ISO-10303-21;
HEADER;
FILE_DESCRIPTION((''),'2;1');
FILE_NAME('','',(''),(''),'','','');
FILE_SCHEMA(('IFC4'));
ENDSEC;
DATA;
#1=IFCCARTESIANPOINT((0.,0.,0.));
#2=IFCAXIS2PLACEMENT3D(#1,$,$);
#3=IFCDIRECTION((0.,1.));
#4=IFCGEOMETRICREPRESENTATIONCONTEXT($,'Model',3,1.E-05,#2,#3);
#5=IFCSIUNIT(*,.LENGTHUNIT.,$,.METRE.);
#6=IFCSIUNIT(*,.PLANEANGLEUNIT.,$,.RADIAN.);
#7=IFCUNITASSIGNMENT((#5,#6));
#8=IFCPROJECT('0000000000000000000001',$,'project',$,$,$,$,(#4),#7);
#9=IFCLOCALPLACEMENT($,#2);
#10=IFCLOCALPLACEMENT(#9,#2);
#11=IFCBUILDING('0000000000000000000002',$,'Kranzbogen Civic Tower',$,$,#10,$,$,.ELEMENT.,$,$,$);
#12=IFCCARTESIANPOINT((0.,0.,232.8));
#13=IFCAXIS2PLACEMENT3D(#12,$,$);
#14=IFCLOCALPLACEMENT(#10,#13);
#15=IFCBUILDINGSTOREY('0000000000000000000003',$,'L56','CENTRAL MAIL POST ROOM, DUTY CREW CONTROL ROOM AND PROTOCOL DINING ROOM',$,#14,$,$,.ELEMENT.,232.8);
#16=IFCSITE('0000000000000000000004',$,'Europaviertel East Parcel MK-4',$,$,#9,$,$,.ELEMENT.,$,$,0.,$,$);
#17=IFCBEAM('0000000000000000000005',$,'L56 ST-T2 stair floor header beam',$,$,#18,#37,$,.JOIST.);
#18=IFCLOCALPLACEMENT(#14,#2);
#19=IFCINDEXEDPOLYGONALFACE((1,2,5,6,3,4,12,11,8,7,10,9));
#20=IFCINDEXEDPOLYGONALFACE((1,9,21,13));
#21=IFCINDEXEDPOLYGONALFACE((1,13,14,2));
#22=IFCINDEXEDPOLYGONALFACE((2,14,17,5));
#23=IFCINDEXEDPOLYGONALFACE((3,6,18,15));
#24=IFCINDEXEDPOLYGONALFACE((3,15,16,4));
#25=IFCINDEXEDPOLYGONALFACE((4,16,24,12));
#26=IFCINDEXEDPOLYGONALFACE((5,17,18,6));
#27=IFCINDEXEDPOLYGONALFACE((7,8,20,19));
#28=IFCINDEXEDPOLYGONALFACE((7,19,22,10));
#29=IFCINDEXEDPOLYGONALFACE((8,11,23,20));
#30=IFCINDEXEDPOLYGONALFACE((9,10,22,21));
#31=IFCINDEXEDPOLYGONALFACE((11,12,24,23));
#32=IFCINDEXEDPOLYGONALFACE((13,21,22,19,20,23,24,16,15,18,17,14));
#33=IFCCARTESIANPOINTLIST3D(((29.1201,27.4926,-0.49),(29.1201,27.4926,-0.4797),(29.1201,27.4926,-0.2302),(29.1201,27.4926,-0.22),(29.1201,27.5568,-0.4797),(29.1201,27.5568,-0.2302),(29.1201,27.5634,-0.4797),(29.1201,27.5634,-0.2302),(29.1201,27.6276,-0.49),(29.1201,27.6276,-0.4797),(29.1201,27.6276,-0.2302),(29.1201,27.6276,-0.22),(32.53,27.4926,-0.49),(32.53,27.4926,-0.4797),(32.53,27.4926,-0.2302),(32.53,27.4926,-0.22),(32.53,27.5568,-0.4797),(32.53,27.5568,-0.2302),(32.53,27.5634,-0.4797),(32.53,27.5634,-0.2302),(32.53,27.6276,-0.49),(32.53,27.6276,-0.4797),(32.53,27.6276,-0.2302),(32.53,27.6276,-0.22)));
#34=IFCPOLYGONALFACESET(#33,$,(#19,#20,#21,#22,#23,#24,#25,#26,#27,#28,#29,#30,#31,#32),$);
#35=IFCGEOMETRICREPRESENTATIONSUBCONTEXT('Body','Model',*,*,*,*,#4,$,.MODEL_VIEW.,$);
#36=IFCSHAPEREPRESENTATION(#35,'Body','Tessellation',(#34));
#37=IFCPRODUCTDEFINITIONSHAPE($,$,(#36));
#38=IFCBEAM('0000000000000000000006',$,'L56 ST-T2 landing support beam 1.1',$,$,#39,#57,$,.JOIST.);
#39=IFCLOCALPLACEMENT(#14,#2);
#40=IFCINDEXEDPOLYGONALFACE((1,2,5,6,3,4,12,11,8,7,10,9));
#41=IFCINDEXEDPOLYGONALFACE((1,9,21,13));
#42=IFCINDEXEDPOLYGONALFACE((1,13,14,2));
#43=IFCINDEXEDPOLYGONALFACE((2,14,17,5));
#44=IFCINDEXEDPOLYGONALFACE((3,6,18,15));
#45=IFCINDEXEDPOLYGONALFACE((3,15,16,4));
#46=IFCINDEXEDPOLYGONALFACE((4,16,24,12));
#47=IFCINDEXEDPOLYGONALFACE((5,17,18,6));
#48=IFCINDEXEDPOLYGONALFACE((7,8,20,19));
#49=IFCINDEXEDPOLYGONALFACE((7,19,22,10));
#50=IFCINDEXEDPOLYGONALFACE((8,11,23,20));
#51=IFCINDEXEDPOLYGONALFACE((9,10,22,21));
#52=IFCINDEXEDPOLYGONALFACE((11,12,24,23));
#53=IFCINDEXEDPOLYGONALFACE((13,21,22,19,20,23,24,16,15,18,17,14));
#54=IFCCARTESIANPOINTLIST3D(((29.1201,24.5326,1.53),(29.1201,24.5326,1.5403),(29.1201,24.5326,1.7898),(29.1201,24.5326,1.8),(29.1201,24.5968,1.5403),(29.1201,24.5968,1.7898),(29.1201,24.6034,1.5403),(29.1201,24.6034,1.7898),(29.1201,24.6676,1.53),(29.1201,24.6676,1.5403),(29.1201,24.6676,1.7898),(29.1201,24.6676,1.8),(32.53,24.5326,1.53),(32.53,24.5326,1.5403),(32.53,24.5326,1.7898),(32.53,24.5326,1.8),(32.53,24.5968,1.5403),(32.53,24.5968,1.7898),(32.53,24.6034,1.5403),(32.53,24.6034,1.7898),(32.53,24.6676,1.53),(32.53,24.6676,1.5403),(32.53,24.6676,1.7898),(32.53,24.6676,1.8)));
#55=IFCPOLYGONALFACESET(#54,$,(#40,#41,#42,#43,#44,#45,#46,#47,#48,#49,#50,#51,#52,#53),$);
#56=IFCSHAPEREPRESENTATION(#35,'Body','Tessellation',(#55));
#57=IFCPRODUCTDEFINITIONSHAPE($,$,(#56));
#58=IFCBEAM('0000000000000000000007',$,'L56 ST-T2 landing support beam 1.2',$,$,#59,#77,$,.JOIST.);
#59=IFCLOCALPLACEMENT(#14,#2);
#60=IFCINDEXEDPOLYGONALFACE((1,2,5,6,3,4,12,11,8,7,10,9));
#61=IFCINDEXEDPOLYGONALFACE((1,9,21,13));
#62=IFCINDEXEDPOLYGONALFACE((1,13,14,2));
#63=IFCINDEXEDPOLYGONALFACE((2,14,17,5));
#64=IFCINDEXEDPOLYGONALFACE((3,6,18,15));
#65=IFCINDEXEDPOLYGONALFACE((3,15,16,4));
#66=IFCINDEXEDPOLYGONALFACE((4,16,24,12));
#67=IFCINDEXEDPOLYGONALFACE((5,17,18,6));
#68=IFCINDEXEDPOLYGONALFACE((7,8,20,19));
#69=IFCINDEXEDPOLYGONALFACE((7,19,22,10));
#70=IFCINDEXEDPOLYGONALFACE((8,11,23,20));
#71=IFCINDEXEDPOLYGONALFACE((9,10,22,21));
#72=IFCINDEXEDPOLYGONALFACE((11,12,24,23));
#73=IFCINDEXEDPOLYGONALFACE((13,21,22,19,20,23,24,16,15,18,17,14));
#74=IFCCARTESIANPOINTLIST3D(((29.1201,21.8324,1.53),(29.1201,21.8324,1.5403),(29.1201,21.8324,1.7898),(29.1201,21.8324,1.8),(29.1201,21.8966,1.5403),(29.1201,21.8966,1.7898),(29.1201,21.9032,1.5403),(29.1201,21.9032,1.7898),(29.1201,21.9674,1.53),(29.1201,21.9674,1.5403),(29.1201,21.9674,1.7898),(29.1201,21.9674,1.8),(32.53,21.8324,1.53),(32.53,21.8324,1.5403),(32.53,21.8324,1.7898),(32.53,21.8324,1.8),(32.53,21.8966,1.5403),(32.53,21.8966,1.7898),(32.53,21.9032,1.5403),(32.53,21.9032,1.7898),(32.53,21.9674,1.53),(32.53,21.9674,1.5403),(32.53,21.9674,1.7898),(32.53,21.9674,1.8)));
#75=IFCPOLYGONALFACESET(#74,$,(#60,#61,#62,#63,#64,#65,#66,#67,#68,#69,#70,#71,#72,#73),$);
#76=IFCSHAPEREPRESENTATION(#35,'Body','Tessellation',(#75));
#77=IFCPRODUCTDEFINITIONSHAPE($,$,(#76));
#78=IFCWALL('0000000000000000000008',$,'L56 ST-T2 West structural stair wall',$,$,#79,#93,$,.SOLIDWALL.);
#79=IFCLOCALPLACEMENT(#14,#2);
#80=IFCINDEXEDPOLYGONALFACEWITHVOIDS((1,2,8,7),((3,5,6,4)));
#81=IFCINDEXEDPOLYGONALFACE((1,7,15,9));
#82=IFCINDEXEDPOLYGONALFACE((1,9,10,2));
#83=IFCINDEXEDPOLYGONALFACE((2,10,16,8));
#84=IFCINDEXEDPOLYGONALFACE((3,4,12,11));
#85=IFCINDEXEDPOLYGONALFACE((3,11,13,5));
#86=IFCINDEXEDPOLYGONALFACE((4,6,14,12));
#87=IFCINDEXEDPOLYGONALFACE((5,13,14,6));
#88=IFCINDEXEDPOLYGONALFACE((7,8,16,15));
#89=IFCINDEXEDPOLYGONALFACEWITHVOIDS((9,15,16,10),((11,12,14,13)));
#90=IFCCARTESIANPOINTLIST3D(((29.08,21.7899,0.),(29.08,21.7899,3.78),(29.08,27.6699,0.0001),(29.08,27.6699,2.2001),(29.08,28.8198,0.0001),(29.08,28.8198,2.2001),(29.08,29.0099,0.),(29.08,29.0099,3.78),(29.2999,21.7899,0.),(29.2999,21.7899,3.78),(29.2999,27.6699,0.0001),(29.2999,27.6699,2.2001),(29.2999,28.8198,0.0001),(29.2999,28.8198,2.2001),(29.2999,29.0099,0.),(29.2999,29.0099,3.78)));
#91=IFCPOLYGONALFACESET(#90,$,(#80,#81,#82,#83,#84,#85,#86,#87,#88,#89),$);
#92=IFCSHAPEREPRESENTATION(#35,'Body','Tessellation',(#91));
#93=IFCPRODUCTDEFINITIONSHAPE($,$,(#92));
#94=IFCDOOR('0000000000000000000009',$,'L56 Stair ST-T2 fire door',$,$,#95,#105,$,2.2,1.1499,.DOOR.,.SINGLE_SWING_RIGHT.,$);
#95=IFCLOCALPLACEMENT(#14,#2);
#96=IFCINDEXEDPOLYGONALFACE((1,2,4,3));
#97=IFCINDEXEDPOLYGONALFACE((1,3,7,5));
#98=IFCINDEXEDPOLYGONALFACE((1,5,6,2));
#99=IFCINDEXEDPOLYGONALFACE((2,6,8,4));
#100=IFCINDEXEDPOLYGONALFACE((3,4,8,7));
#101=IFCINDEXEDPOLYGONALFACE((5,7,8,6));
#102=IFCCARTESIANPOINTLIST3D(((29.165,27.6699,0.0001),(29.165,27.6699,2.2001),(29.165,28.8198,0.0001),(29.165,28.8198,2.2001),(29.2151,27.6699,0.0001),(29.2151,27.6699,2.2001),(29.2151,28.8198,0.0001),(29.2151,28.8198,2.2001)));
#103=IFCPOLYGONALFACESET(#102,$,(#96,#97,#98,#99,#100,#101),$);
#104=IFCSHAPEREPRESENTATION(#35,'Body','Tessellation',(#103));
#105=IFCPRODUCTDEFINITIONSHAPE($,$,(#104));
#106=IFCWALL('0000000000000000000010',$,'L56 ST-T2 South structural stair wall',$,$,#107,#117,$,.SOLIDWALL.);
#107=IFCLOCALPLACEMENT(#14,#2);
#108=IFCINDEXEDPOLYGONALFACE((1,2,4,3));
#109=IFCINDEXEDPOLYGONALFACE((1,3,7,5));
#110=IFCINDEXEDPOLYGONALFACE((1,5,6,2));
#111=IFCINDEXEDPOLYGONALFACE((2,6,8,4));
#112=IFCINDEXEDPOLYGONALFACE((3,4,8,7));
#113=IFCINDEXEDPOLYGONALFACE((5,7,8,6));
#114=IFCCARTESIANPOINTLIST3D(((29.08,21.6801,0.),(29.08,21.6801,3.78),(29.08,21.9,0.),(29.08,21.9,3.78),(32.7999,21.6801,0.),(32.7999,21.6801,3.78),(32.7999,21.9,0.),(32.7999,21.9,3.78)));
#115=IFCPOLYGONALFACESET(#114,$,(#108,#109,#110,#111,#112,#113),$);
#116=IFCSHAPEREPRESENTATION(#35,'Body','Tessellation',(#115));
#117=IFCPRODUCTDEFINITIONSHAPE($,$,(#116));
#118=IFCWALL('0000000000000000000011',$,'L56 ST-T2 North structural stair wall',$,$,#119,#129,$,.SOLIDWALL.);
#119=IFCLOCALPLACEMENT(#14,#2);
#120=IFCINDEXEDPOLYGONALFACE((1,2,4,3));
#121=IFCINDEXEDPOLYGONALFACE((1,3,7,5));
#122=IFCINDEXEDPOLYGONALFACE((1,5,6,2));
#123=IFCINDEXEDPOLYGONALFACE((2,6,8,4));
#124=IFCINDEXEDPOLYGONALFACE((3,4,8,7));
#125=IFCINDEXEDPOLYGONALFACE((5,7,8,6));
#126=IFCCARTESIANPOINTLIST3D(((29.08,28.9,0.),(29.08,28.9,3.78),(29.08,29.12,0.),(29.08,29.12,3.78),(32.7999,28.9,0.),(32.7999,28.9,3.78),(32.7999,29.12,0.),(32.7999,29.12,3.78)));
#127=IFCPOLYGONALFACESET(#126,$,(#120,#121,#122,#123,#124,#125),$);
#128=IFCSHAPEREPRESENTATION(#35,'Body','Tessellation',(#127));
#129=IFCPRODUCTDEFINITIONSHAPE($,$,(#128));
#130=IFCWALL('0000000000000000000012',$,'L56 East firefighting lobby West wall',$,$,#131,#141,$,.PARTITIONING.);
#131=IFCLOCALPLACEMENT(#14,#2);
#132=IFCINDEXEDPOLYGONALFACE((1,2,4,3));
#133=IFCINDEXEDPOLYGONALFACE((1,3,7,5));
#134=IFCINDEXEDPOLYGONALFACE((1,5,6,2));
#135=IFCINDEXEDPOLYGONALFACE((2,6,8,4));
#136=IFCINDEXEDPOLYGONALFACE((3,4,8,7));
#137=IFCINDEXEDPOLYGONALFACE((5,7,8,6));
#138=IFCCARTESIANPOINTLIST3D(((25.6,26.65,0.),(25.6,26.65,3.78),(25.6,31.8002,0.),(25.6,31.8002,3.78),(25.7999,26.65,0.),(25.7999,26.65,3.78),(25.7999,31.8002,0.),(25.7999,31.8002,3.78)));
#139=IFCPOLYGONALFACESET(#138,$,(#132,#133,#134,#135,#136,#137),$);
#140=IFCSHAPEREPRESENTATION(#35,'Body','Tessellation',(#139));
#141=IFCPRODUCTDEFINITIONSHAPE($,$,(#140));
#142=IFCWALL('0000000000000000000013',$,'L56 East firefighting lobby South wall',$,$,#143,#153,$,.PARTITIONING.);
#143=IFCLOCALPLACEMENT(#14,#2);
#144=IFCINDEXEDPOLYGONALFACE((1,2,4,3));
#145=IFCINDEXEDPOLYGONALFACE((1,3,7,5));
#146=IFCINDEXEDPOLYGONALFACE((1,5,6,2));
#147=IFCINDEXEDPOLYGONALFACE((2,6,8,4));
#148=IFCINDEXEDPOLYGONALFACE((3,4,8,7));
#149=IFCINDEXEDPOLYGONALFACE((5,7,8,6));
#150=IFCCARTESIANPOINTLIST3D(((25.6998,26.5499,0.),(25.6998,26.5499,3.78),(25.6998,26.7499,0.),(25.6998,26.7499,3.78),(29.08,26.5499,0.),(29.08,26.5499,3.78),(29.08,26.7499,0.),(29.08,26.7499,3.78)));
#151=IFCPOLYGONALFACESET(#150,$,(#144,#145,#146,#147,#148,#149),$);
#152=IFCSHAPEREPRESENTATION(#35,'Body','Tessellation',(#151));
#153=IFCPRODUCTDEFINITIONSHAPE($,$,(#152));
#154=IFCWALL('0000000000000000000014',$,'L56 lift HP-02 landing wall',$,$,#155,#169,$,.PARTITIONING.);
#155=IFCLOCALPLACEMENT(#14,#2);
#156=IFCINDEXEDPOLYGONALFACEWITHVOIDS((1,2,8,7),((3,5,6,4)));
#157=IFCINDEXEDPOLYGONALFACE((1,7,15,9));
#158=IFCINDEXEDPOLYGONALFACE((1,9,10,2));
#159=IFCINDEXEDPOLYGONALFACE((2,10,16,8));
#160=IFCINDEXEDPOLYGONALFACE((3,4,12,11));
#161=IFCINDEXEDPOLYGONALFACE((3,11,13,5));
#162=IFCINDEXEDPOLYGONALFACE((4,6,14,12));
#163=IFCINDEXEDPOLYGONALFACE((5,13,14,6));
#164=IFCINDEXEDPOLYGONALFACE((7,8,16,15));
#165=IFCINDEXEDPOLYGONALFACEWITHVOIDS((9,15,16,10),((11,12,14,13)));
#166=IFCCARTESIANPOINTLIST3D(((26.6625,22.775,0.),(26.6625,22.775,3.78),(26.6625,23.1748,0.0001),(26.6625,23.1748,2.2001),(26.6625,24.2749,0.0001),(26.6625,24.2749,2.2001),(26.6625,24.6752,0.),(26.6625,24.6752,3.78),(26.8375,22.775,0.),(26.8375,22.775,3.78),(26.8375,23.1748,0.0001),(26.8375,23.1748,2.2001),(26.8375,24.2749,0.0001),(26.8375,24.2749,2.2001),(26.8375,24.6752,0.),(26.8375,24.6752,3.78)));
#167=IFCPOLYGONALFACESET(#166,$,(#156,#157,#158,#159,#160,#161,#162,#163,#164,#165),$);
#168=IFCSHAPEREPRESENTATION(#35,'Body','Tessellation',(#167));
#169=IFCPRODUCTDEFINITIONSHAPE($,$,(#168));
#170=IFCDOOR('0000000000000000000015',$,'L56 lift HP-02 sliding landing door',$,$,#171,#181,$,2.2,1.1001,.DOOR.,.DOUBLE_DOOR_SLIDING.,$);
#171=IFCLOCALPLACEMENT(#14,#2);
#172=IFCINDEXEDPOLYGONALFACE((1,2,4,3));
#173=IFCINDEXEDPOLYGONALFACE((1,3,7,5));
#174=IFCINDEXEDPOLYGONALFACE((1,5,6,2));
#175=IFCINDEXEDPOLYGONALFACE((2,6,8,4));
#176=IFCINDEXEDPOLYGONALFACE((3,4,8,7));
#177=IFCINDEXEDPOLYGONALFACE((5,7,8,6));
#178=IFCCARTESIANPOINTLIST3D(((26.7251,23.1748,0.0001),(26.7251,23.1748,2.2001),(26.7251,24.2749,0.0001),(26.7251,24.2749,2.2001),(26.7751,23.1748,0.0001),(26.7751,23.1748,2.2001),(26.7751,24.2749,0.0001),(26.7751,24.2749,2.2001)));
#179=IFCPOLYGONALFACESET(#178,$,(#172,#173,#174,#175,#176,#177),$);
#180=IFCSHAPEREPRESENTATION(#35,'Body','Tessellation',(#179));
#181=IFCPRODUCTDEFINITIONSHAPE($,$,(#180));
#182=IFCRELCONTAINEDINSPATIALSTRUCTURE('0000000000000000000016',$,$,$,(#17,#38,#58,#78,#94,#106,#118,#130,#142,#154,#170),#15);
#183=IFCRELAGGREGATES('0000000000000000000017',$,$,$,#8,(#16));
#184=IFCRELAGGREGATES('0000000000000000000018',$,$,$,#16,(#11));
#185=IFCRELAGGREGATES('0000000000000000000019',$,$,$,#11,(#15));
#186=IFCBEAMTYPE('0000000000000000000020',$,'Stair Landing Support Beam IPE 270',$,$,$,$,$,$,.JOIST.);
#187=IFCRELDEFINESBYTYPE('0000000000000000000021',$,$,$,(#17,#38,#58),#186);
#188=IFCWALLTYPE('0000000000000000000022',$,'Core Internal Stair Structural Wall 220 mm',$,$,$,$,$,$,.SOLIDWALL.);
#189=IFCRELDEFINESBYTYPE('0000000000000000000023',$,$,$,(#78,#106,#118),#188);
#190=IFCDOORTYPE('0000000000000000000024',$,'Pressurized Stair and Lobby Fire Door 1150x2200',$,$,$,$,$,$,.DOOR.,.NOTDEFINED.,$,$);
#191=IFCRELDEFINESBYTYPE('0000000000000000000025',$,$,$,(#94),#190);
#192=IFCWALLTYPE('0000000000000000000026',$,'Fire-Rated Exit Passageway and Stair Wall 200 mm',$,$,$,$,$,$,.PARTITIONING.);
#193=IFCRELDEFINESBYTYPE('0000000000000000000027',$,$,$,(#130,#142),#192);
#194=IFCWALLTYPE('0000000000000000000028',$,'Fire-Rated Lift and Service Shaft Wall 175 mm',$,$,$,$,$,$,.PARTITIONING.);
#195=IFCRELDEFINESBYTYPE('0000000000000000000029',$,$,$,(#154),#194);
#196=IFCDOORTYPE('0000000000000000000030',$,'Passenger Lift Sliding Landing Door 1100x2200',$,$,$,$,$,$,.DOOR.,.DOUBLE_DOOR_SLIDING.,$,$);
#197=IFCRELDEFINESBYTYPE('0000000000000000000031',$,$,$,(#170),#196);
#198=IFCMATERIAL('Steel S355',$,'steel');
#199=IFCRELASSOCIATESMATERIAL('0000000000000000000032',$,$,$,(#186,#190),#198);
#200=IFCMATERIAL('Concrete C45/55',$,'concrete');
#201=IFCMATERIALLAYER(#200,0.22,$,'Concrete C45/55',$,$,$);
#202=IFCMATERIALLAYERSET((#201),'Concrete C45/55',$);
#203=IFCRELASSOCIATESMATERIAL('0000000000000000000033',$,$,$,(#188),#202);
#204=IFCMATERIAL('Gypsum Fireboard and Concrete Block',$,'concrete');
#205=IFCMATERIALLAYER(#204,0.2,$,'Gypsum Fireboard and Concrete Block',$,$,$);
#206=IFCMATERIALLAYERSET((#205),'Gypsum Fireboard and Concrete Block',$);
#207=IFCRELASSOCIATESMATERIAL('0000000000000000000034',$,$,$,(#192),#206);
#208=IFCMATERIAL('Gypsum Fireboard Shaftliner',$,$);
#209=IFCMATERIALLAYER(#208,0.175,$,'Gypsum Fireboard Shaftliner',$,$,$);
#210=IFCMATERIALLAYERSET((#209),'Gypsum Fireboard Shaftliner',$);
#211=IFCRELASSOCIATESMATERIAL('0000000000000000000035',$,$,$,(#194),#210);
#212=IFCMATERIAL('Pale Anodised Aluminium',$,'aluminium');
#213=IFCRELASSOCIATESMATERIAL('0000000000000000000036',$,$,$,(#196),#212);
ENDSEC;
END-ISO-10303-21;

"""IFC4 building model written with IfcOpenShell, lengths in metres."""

from ifc_helpers import new_model, si_unit, direction, frame, frame_2d, origin, origin_2d, place, context, subcontext, project, spatial, rectangle, i_section, extrude, material, layer, layer_set, material_profile, profile_set, type_object, element, fill, save


model = new_model("IFC4")

# Units and contexts
model_context = context("Model", 3, precision=1e-05, world=origin(), true_north=direction((0.0, 1.0)))
body_context = subcontext(model_context, "Body", "Model", "MODEL_VIEW")
ifc_project = project(units=[si_unit("LENGTHUNIT", "METRE"), si_unit("PLANEANGLEUNIT", "RADIAN")], contexts=[model_context])

# Site, building, storey
site_placement = place(None, origin())
site = spatial("IfcSite", under=ifc_project, at=site_placement, Name="Europaviertel East Parcel MK-4", CompositionType="ELEMENT", RefElevation=0.0)
building_placement = place(site_placement, origin())
building = spatial("IfcBuilding", under=site, at=building_placement, Name="Kranzbogen Civic Tower", CompositionType="ELEMENT")
storey_placement = place(building_placement, frame((0.0, 0.0, 232.8)))
storey = spatial("IfcBuildingStorey", under=building, at=storey_placement, Name="L56", Description="CENTRAL MAIL POST ROOM, DUTY CREW CONTROL ROOM AND PROTOCOL DINING ROOM", CompositionType="ELEMENT", Elevation=232.8)

# Beams
ifc_material_1 = material(Name="Steel S355", Category="steel")
ifc_material_profile = material_profile(ifc_material_1, i_section(OverallWidth=0.135, OverallDepth=0.27, WebThickness=0.0066, FlangeThickness=0.0103, at=origin_2d()), Name="IPE 270")
ifc_profile_set = profile_set([ifc_material_profile], Name="Steel S355")
beam_type = type_object("IfcBeamType", Name="Stair Landing Support Beam IPE 270", PredefinedType="JOIST", material=ifc_profile_set)
for number, where, z_axis, x_axis, name in (
    (1, (29.1201, 27.5601, -0.355), (1.0, 0.0, 0.0), (0.0, 1.0, 0.0), "L56 ST-T2 stair floor header beam"),
    (2, (29.1201, 24.6001, 1.665), (1.0, 0.0, 0.0), (0.0, 1.0, 0.0), "L56 ST-T2 landing support beam 1.1"),
    (3, (29.1201, 21.8999, 1.665), (1.0, 0.0, 0.0), (0.0, 1.0, 0.0), "L56 ST-T2 landing support beam 1.2"),
):
    element("IfcBeam", number, at=place(storey_placement, frame(where, z_axis=z_axis, x_axis=x_axis)), inside=storey, type_object=beam_type, Name=name, PredefinedType="JOIST", context=body_context, shape_type="SweptSolid", body=[
        extrude(i_section(OverallWidth=0.135, OverallDepth=0.27, WebThickness=0.0066, FlangeThickness=0.0103, at=origin_2d()), origin(), (0.0, 0.0, 1.0), 3.4099),
    ])

# Wall, opening, door
ifc_material_2 = material(Name="Concrete C45/55", Category="concrete")
ifc_layer_1 = layer(ifc_material_2, 0.22, Name="Concrete C45/55")
ifc_layer_set_1 = layer_set([ifc_layer_1], Name="Concrete C45/55")
wall_type_1 = type_object("IfcWallType", Name="Core Internal Stair Structural Wall 220 mm", PredefinedType="SOLIDWALL", material=ifc_layer_set_1)
wall_1_placement = place(storey_placement, frame((29.1899, 21.79, 0.0), z_axis=(0.0, 0.0, 1.0), x_axis=(0.0, 1.0, 0.0)))
wall_1 = element("IfcWall", 4, at=wall_1_placement, inside=storey, type_object=wall_type_1, Name="L56 ST-T2 West structural stair wall", PredefinedType="SOLIDWALL", context=body_context, shape_type="SweptSolid", body=[
    extrude(rectangle(XDim=7.22, YDim=0.22, at=frame_2d((3.6099, 0.0))), origin(), (0.0, 0.0, 1.0), 3.78),
])
opening_1_placement = place(wall_1_placement, frame((5.8799, 0.0, 0.0)))
opening_1 = element("IfcOpeningElement", 5, at=opening_1_placement, cuts=wall_1, PredefinedType="OPENING", context=body_context, shape_type="SweptSolid", body=[
    extrude(rectangle(XDim=1.1499, YDim=2.2, at=frame_2d((0.575, 1.1001))), frame((0.0, 0.1201, 0.0), z_axis=(0.0, -1.0, 0.0), x_axis=(1.0, 0.0, 0.0)), (0.0, 0.0, 1.0), 0.24),
])
door_type_1 = type_object("IfcDoorType", Name="Pressurized Stair and Lobby Fire Door 1150x2200", OperationType="NOTDEFINED", PredefinedType="DOOR", material=ifc_material_1)
door_1_placement = place(opening_1_placement, origin())
door_1 = element("IfcDoor", 6, at=door_1_placement, inside=storey, type_object=door_type_1, Name="L56 Stair ST-T2 fire door", OperationType="SINGLE_SWING_RIGHT", OverallHeight=2.2, OverallWidth=1.1499, PredefinedType="DOOR", context=body_context, shape_type="SweptSolid", body=[
    extrude(rectangle(XDim=1.1499, YDim=2.2, at=frame_2d((0.575, 1.1001))), frame((0.0, 0.0249, 0.0), z_axis=(0.0, -1.0, 0.0), x_axis=(1.0, 0.0, 0.0)), (0.0, 0.0, 1.0), 0.05),
])
fill(opening_1, door_1)

# Walls
for number, where, z_axis, x_axis, name in (
    (7, (29.0801, 21.79, 0.0), (0.0, 0.0, 1.0), (1.0, 0.0, 0.0), "L56 ST-T2 South structural stair wall"),
    (8, (29.0801, 29.01, 0.0), (0.0, 0.0, 1.0), (1.0, 0.0, 0.0), "L56 ST-T2 North structural stair wall"),
):
    element("IfcWall", number, at=place(storey_placement, frame(where, z_axis=z_axis, x_axis=x_axis)), inside=storey, type_object=wall_type_1, Name=name, PredefinedType="SOLIDWALL", context=body_context, shape_type="SweptSolid", body=[
        extrude(rectangle(XDim=3.72, YDim=0.22, at=frame_2d((1.8599, 0.0))), origin(), (0.0, 0.0, 1.0), 3.78),
    ])
ifc_material_3 = material(Name="Gypsum Fireboard and Concrete Block", Category="concrete")
ifc_layer_2 = layer(ifc_material_3, 0.2, Name="Gypsum Fireboard and Concrete Block")
ifc_layer_set_2 = layer_set([ifc_layer_2], Name="Gypsum Fireboard and Concrete Block")
wall_type_2 = type_object("IfcWallType", Name="Fire-Rated Exit Passageway and Stair Wall 200 mm", PredefinedType="PARTITIONING", material=ifc_layer_set_2)
wall_2_placement = place(storey_placement, frame((25.7, 26.6499, 0.0), z_axis=(0.0, 0.0, 1.0), x_axis=(0.0, 1.0, 0.0)))
element("IfcWall", 9, at=wall_2_placement, inside=storey, type_object=wall_type_2, Name="L56 East firefighting lobby West wall", PredefinedType="PARTITIONING", context=body_context, shape_type="SweptSolid", body=[
    extrude(rectangle(XDim=5.1501, YDim=0.2, at=frame_2d((2.5752, 0.0))), origin(), (0.0, 0.0, 1.0), 3.78),
])
wall_3_placement = place(storey_placement, frame((25.7, 26.6499, 0.0), z_axis=(0.0, 0.0, 1.0), x_axis=(1.0, 0.0, 0.0)))
element("IfcWall", 10, at=wall_3_placement, inside=storey, type_object=wall_type_2, Name="L56 East firefighting lobby South wall", PredefinedType="PARTITIONING", context=body_context, shape_type="SweptSolid", body=[
    extrude(rectangle(XDim=3.3801, YDim=0.2, at=frame_2d((1.6899, 0.0))), origin(), (0.0, 0.0, 1.0), 3.78),
])

# Wall, opening, door
ifc_material_4 = material(Name="Gypsum Fireboard Shaftliner")
ifc_layer_3 = layer(ifc_material_4, 0.175, Name="Gypsum Fireboard Shaftliner")
ifc_layer_set_3 = layer_set([ifc_layer_3], Name="Gypsum Fireboard Shaftliner")
wall_type_3 = type_object("IfcWallType", Name="Fire-Rated Lift and Service Shaft Wall 175 mm", PredefinedType="PARTITIONING", material=ifc_layer_set_3)
wall_4_placement = place(storey_placement, frame((26.75, 22.7749, 0.0), z_axis=(0.0, 0.0, 1.0), x_axis=(0.0, 1.0, 0.0)))
wall_4 = element("IfcWall", 11, at=wall_4_placement, inside=storey, type_object=wall_type_3, Name="L56 lift HP-02 landing wall", PredefinedType="PARTITIONING", context=body_context, shape_type="SweptSolid", body=[
    extrude(rectangle(XDim=1.9001, YDim=0.175, at=frame_2d((0.9502, 0.0))), origin(), (0.0, 0.0, 1.0), 3.78),
])
opening_2_placement = place(wall_4_placement, frame((0.3999, 0.0, 0.0)))
opening_2 = element("IfcOpeningElement", 12, at=opening_2_placement, cuts=wall_4, PredefinedType="OPENING", context=body_context, shape_type="SweptSolid", body=[
    extrude(rectangle(XDim=1.1001, YDim=2.2, at=frame_2d((0.55, 1.1001))), frame((0.0, 0.0977, 0.0), z_axis=(0.0, -1.0, 0.0), x_axis=(1.0, 0.0, 0.0)), (0.0, 0.0, 1.0), 0.1951),
])
ifc_material_5 = material(Name="Pale Anodised Aluminium", Category="aluminium")
door_type_2 = type_object("IfcDoorType", Name="Passenger Lift Sliding Landing Door 1100x2200", OperationType="DOUBLE_DOOR_SLIDING", PredefinedType="DOOR", material=ifc_material_5)
door_2_placement = place(opening_2_placement, origin())
door_2 = element("IfcDoor", 13, at=door_2_placement, inside=storey, type_object=door_type_2, Name="L56 lift HP-02 sliding landing door", OperationType="DOUBLE_DOOR_SLIDING", OverallHeight=2.2, OverallWidth=1.1001, PredefinedType="DOOR", context=body_context, shape_type="SweptSolid", body=[
    extrude(rectangle(XDim=1.1001, YDim=2.2, at=frame_2d((0.55, 1.1001))), frame((0.0, 0.0249, 0.0), z_axis=(0.0, -1.0, 0.0), x_axis=(1.0, 0.0, 0.0)), (0.0, 0.0, 1.0), 0.05),
])
fill(opening_2, door_2)

save(model, "model.ifc")
